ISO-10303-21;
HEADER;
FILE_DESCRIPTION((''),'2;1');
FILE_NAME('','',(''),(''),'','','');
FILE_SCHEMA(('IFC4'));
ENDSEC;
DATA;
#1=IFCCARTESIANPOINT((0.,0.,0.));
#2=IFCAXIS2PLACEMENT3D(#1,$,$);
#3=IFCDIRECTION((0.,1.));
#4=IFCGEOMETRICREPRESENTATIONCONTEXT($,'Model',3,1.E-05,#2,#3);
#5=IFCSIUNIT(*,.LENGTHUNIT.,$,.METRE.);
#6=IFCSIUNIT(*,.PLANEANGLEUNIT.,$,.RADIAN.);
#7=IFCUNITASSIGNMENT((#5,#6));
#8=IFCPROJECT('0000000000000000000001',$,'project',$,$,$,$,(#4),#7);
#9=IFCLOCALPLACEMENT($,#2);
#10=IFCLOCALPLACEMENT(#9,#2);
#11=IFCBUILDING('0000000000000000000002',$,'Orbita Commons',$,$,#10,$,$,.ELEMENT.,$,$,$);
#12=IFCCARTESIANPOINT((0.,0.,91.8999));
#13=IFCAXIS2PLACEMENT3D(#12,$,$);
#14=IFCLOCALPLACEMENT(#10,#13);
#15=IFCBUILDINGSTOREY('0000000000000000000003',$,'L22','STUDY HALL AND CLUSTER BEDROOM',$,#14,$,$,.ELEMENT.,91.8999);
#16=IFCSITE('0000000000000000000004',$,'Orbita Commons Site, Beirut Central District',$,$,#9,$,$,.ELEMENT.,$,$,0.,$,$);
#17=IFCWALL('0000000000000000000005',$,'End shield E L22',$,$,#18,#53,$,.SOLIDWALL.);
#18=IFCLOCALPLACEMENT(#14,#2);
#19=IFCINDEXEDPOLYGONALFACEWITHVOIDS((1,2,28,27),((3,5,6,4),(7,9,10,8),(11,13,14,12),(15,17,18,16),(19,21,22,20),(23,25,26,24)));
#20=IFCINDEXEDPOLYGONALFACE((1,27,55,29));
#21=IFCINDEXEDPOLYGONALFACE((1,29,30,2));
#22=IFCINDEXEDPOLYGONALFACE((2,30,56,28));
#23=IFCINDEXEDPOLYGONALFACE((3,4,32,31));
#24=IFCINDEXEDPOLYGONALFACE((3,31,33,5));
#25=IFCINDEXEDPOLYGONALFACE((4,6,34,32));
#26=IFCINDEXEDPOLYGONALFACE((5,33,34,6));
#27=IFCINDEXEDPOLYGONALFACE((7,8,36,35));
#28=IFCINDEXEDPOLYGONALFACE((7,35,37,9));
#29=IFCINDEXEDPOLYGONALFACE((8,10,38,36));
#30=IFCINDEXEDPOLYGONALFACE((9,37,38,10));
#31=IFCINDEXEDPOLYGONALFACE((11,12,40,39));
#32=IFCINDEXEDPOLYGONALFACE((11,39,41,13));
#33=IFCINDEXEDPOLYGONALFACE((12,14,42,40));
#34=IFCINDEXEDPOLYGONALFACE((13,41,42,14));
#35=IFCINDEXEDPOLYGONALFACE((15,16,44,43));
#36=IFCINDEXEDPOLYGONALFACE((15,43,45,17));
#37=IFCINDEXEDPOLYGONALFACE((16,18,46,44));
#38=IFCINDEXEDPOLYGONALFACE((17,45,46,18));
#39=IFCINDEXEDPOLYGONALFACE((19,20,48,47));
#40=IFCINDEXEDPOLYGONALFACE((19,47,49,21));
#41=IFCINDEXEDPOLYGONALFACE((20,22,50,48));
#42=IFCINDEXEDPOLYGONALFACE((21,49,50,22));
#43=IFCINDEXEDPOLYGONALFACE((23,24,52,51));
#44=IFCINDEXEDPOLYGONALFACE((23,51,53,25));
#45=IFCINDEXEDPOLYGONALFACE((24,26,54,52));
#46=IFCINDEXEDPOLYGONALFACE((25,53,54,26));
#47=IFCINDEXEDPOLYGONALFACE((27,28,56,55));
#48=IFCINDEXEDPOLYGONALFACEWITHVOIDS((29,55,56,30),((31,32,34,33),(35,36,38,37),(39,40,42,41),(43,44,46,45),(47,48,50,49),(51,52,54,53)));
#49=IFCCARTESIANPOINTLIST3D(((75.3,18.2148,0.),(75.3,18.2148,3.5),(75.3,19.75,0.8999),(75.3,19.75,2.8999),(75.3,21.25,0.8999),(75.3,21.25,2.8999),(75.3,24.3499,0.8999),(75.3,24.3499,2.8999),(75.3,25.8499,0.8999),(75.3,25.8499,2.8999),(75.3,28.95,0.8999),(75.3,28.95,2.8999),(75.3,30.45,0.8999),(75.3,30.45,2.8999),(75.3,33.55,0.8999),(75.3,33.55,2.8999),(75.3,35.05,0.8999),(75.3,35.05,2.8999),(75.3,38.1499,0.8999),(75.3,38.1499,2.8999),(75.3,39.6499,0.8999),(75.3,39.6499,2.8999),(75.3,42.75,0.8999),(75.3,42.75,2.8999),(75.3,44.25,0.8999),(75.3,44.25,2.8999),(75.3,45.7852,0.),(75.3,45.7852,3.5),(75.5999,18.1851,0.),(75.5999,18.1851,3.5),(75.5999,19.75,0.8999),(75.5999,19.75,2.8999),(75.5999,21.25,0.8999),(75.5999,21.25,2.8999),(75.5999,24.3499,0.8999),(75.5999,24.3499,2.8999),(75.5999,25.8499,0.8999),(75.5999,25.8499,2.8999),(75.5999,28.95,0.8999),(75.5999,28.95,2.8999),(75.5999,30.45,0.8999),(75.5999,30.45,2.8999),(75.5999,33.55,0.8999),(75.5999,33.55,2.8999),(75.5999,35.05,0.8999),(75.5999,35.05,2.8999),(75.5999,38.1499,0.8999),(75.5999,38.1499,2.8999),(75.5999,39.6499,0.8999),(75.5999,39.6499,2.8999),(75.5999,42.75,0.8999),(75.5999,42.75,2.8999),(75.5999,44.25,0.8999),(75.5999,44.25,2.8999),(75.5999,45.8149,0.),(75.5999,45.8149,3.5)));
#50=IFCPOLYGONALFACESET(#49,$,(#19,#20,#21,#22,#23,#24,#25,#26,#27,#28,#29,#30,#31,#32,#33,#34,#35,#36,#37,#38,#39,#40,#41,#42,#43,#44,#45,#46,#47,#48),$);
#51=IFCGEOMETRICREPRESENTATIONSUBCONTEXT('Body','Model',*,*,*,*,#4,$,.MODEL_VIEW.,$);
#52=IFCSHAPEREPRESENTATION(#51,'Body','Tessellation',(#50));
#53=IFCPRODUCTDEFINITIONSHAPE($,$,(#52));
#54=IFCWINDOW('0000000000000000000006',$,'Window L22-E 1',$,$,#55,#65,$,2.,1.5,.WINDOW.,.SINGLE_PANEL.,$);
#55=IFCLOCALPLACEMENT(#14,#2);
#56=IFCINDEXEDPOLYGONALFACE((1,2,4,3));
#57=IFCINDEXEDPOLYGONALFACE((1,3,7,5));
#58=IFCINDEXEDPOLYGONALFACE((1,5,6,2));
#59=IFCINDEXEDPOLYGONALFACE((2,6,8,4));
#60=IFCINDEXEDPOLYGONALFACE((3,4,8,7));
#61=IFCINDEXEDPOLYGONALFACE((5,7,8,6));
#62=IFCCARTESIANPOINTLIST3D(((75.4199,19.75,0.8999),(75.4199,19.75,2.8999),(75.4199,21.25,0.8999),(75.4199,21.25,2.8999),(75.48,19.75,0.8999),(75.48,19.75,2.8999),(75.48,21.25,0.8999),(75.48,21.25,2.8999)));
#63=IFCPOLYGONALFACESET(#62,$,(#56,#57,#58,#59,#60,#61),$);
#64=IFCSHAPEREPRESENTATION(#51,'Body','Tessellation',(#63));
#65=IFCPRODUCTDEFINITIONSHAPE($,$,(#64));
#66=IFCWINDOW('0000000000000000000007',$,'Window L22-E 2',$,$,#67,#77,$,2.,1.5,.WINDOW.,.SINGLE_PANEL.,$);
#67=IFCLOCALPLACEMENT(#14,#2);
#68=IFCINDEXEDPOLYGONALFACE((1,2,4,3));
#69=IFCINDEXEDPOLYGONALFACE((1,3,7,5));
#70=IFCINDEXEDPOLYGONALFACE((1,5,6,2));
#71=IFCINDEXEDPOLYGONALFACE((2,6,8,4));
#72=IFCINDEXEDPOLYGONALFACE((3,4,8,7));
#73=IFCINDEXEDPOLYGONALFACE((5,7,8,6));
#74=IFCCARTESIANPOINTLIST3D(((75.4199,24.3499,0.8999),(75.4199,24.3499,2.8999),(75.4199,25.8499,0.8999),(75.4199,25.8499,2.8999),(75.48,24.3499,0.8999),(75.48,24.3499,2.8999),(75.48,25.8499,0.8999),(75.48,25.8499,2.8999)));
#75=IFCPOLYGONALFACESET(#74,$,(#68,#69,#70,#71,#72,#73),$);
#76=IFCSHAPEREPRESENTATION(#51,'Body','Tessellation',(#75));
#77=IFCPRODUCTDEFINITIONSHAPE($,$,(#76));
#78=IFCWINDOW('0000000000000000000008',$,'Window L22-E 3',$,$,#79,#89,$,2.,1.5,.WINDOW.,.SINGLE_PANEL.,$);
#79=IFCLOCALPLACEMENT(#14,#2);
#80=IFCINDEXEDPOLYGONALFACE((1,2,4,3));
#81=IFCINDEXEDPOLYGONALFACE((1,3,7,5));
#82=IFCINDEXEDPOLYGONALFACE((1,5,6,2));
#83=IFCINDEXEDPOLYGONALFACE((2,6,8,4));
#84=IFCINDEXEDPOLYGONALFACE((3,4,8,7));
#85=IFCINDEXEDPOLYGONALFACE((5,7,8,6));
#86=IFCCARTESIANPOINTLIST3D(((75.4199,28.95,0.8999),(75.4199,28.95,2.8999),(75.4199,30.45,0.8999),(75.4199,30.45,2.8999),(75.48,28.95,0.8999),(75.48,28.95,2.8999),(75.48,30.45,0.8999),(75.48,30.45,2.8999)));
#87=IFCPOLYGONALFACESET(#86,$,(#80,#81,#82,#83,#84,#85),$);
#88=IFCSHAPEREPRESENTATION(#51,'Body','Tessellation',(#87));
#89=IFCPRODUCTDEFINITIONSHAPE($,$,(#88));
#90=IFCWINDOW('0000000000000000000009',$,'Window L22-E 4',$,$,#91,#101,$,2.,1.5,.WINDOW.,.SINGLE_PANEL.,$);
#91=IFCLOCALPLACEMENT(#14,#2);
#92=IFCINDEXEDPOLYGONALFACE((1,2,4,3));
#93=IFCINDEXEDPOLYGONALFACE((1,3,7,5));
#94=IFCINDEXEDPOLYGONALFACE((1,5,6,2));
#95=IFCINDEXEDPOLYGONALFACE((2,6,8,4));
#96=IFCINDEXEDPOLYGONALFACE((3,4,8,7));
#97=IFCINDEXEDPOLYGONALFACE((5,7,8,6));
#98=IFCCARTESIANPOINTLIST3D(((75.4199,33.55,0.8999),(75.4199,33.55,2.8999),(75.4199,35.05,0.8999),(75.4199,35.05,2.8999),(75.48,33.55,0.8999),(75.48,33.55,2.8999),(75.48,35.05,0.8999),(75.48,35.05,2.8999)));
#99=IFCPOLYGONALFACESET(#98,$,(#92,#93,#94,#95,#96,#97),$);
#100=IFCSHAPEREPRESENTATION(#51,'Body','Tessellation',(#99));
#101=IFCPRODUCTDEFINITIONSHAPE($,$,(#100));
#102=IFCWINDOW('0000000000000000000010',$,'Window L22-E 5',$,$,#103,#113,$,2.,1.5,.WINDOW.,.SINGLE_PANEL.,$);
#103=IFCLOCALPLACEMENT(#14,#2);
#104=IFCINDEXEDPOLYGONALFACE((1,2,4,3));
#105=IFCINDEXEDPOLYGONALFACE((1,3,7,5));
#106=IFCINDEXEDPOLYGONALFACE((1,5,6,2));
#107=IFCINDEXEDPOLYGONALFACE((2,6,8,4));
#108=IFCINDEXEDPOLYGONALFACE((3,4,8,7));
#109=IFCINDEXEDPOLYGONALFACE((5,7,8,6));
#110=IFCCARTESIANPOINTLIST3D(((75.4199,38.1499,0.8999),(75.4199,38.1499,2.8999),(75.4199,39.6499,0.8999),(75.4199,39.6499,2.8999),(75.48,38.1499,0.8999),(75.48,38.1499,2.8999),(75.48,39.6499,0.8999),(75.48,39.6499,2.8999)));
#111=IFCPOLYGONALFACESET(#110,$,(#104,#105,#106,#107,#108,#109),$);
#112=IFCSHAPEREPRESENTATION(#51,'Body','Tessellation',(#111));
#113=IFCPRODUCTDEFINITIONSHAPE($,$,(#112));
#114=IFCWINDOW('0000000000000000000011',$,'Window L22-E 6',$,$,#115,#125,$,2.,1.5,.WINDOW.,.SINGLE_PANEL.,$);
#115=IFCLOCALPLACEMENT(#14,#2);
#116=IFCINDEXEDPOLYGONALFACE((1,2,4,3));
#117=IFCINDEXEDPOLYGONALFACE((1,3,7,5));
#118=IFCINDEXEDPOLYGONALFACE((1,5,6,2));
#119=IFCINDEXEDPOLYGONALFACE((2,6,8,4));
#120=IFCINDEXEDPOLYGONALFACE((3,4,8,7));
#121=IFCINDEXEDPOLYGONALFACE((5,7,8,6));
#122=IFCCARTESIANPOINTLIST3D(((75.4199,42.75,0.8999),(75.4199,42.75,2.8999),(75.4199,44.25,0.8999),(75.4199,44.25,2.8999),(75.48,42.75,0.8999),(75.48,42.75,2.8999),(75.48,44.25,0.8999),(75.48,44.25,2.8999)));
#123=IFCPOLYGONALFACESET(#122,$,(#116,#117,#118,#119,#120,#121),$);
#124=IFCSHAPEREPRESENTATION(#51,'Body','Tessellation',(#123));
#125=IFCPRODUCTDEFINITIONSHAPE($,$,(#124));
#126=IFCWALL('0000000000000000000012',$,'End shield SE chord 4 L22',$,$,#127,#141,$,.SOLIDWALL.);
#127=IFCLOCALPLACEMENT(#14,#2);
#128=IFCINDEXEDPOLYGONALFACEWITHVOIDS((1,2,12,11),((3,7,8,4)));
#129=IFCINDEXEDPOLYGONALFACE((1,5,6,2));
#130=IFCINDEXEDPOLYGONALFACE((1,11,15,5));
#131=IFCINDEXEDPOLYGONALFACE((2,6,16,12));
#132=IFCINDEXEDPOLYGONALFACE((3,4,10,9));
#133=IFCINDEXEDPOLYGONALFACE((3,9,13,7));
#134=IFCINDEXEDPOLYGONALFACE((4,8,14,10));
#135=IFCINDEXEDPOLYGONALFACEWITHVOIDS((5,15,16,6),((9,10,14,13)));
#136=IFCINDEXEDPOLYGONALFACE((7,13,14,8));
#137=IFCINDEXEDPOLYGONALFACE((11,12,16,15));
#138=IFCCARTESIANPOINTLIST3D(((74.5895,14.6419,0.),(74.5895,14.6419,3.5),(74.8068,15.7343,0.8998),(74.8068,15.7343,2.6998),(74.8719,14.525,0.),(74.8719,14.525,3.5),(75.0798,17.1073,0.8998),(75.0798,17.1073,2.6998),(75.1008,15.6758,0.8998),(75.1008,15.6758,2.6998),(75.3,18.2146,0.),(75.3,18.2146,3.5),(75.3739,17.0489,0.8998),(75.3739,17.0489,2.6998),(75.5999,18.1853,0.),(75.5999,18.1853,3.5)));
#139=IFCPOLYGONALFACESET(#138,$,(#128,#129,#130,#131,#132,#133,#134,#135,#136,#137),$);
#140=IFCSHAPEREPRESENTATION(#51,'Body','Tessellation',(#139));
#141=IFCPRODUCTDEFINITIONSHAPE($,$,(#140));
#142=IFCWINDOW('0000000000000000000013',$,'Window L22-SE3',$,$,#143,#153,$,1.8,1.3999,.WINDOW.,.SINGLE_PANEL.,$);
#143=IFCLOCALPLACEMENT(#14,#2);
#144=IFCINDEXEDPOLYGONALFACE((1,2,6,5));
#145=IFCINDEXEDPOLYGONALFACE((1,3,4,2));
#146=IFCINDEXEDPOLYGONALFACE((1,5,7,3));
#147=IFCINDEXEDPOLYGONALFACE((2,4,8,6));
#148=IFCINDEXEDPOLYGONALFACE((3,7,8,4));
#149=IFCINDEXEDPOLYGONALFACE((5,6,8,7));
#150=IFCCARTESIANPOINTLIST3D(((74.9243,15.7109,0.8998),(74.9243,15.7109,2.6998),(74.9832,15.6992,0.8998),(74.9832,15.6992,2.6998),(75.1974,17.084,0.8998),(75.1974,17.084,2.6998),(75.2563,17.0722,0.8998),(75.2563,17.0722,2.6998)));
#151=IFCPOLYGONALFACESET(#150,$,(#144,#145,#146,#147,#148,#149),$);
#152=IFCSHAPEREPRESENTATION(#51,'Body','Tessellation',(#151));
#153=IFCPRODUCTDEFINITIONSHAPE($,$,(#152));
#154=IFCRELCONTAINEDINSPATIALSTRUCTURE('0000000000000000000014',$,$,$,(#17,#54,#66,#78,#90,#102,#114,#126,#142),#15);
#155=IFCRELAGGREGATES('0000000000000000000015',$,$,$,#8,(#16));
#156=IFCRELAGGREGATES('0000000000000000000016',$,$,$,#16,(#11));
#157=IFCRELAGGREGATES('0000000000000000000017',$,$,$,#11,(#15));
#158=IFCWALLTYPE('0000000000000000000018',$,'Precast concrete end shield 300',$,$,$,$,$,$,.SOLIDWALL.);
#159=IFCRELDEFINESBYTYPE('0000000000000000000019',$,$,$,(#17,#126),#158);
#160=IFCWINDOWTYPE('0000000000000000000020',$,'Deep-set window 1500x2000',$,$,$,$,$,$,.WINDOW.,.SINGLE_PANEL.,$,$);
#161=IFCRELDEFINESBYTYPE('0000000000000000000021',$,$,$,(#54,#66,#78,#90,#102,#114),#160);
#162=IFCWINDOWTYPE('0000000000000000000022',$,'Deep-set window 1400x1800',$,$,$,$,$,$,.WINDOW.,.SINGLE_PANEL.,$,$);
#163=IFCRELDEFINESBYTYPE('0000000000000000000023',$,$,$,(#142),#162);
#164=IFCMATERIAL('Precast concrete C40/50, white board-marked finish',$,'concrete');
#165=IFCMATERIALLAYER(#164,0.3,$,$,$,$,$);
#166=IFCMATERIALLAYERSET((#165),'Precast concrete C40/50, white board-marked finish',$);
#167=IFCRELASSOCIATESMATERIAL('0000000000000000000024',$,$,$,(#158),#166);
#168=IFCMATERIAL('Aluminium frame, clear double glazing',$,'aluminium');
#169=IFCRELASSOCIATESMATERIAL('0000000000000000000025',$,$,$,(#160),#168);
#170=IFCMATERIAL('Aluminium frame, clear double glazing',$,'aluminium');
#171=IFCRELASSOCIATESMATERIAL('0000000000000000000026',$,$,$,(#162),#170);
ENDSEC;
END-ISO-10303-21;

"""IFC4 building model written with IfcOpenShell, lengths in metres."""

from ifc_helpers import new_model, si_unit, direction, frame, frame_2d, origin, place, context, subcontext, project, spatial, polyline, rectangle, outline, extrude, material, layer, layer_set, type_object, element, fill, save


model = new_model("IFC4")

# Units and contexts
model_context = context("Model", 3, precision=1e-05, world=origin(), true_north=direction((0.0, 1.0)))
body_context = subcontext(model_context, "Body", "Model", "MODEL_VIEW")
ifc_project = project(units=[si_unit("LENGTHUNIT", "METRE"), si_unit("PLANEANGLEUNIT", "RADIAN")], contexts=[model_context])

# Site, building, storey
site_placement = place(None, origin())
site = spatial("IfcSite", under=ifc_project, at=site_placement, Name="Orbita Commons Site, Beirut Central District", CompositionType="ELEMENT", RefElevation=0.0)
building_placement = place(site_placement, origin())
building = spatial("IfcBuilding", under=site, at=building_placement, Name="Orbita Commons", CompositionType="ELEMENT")
storey_placement = place(building_placement, frame((0.0, 0.0, 91.8999)))
storey = spatial("IfcBuildingStorey", under=building, at=storey_placement, Name="L22", Description="STUDY HALL AND CLUSTER BEDROOM", CompositionType="ELEMENT", Elevation=91.8999)

# Wall, openings, windows
ifc_material_1 = material(Name="Precast concrete C40/50, white board-marked finish", Category="concrete")
ifc_layer_1 = layer(ifc_material_1, 0.3)
ifc_layer_set_1 = layer_set([ifc_layer_1], Name="Precast concrete C40/50, white board-marked finish")
wall_type_1 = type_object("IfcWallType", Name="Precast concrete end shield 300", PredefinedType="SOLIDWALL", material=ifc_layer_set_1)
wall_1_placement = place(storey_placement, frame((75.45, 18.2, 0.0), z_axis=(0.0, 0.0, 1.0), x_axis=(0.0, 1.0, 0.0)))
wall_1 = element("IfcWall", 1, at=wall_1_placement, inside=storey, type_object=wall_type_1, Name="End shield E L22", PredefinedType="SOLIDWALL", context=body_context, shape_type="SweptSolid", body=[
    extrude(outline(polyline([(-0.0149, -0.1499), (27.615, -0.1499), (27.5852, 0.1499), (0.0149, 0.1499), (-0.0149, -0.1499)])), origin(), (0.0, 0.0, 1.0), 3.5),
])
opening_1_placement = place(wall_1_placement, frame((1.55, 0.0, 0.8999)))
opening_1 = element("IfcOpeningElement", 2, at=opening_1_placement, cuts=wall_1, PredefinedType="OPENING", context=body_context, shape_type="SweptSolid", body=[
    extrude(rectangle(XDim=1.5, YDim=2.0, at=frame_2d((0.75, 1.0))), frame((0.0, 0.1599, 0.0), z_axis=(0.0, -1.0, 0.0), x_axis=(1.0, 0.0, 0.0)), (0.0, 0.0, 1.0), 0.3201),
])
opening_2_placement = place(wall_1_placement, frame((6.1499, 0.0, 0.8999)))
opening_2 = element("IfcOpeningElement", 3, at=opening_2_placement, cuts=wall_1, PredefinedType="OPENING", context=body_context, shape_type="SweptSolid", body=[
    extrude(rectangle(XDim=1.5, YDim=2.0, at=frame_2d((0.75, 1.0))), frame((0.0, 0.1599, 0.0), z_axis=(0.0, -1.0, 0.0), x_axis=(1.0, 0.0, 0.0)), (0.0, 0.0, 1.0), 0.3201),
])
opening_3_placement = place(wall_1_placement, frame((10.75, 0.0, 0.8999)))
opening_3 = element("IfcOpeningElement", 4, at=opening_3_placement, cuts=wall_1, PredefinedType="OPENING", context=body_context, shape_type="SweptSolid", body=[
    extrude(rectangle(XDim=1.5, YDim=2.0, at=frame_2d((0.75, 1.0))), frame((0.0, 0.1599, 0.0), z_axis=(0.0, -1.0, 0.0), x_axis=(1.0, 0.0, 0.0)), (0.0, 0.0, 1.0), 0.3201),
])
opening_4_placement = place(wall_1_placement, frame((15.3501, 0.0, 0.8999)))
opening_4 = element("IfcOpeningElement", 5, at=opening_4_placement, cuts=wall_1, PredefinedType="OPENING", context=body_context, shape_type="SweptSolid", body=[
    extrude(rectangle(XDim=1.5, YDim=2.0, at=frame_2d((0.75, 1.0))), frame((0.0, 0.1599, 0.0), z_axis=(0.0, -1.0, 0.0), x_axis=(1.0, 0.0, 0.0)), (0.0, 0.0, 1.0), 0.3201),
])
opening_5_placement = place(wall_1_placement, frame((19.95, 0.0, 0.8999)))
opening_5 = element("IfcOpeningElement", 6, at=opening_5_placement, cuts=wall_1, PredefinedType="OPENING", context=body_context, shape_type="SweptSolid", body=[
    extrude(rectangle(XDim=1.5, YDim=2.0, at=frame_2d((0.75, 1.0))), frame((0.0, 0.1599, 0.0), z_axis=(0.0, -1.0, 0.0), x_axis=(1.0, 0.0, 0.0)), (0.0, 0.0, 1.0), 0.3201),
])
opening_6_placement = place(wall_1_placement, frame((24.55, 0.0, 0.8999)))
opening_6 = element("IfcOpeningElement", 7, at=opening_6_placement, cuts=wall_1, PredefinedType="OPENING", context=body_context, shape_type="SweptSolid", body=[
    extrude(rectangle(XDim=1.5, YDim=2.0, at=frame_2d((0.75, 1.0))), frame((0.0, 0.1599, 0.0), z_axis=(0.0, -1.0, 0.0), x_axis=(1.0, 0.0, 0.0)), (0.0, 0.0, 1.0), 0.3201),
])
ifc_material_2 = material(Name="Aluminium frame, clear double glazing", Category="aluminium")
window_type_1 = type_object("IfcWindowType", Name="Deep-set window 1500x2000", PartitioningType="SINGLE_PANEL", PredefinedType="WINDOW", material=ifc_material_2)
window_1_placement = place(opening_1_placement, origin())
window_1 = element("IfcWindow", 8, at=window_1_placement, inside=storey, type_object=window_type_1, Name="Window L22-E 1", OverallHeight=2.0, OverallWidth=1.5, PartitioningType="SINGLE_PANEL", PredefinedType="WINDOW", context=body_context, shape_type="SweptSolid", body=[
    extrude(rectangle(XDim=1.5, YDim=2.0, at=frame_2d((0.75, 1.0))), frame((0.0, 0.03, 0.0), z_axis=(0.0, -1.0, 0.0), x_axis=(1.0, 0.0, 0.0)), (0.0, 0.0, 1.0), 0.0601),
])
fill(opening_1, window_1)
window_2_placement = place(opening_2_placement, origin())
window_2 = element("IfcWindow", 9, at=window_2_placement, inside=storey, type_object=window_type_1, Name="Window L22-E 2", OverallHeight=2.0, OverallWidth=1.5, PartitioningType="SINGLE_PANEL", PredefinedType="WINDOW", context=body_context, shape_type="SweptSolid", body=[
    extrude(rectangle(XDim=1.5, YDim=2.0, at=frame_2d((0.75, 1.0))), frame((0.0, 0.03, 0.0), z_axis=(0.0, -1.0, 0.0), x_axis=(1.0, 0.0, 0.0)), (0.0, 0.0, 1.0), 0.0601),
])
fill(opening_2, window_2)
window_3_placement = place(opening_3_placement, origin())
window_3 = element("IfcWindow", 10, at=window_3_placement, inside=storey, type_object=window_type_1, Name="Window L22-E 3", OverallHeight=2.0, OverallWidth=1.5, PartitioningType="SINGLE_PANEL", PredefinedType="WINDOW", context=body_context, shape_type="SweptSolid", body=[
    extrude(rectangle(XDim=1.5, YDim=2.0, at=frame_2d((0.75, 1.0))), frame((0.0, 0.03, 0.0), z_axis=(0.0, -1.0, 0.0), x_axis=(1.0, 0.0, 0.0)), (0.0, 0.0, 1.0), 0.0601),
])
fill(opening_3, window_3)
window_4_placement = place(opening_4_placement, origin())
window_4 = element("IfcWindow", 11, at=window_4_placement, inside=storey, type_object=window_type_1, Name="Window L22-E 4", OverallHeight=2.0, OverallWidth=1.5, PartitioningType="SINGLE_PANEL", PredefinedType="WINDOW", context=body_context, shape_type="SweptSolid", body=[
    extrude(rectangle(XDim=1.5, YDim=2.0, at=frame_2d((0.75, 1.0))), frame((0.0, 0.03, 0.0), z_axis=(0.0, -1.0, 0.0), x_axis=(1.0, 0.0, 0.0)), (0.0, 0.0, 1.0), 0.0601),
])
fill(opening_4, window_4)
window_5_placement = place(opening_5_placement, origin())
window_5 = element("IfcWindow", 12, at=window_5_placement, inside=storey, type_object=window_type_1, Name="Window L22-E 5", OverallHeight=2.0, OverallWidth=1.5, PartitioningType="SINGLE_PANEL", PredefinedType="WINDOW", context=body_context, shape_type="SweptSolid", body=[
    extrude(rectangle(XDim=1.5, YDim=2.0, at=frame_2d((0.75, 1.0))), frame((0.0, 0.03, 0.0), z_axis=(0.0, -1.0, 0.0), x_axis=(1.0, 0.0, 0.0)), (0.0, 0.0, 1.0), 0.0601),
])
fill(opening_5, window_5)
window_6_placement = place(opening_6_placement, origin())
window_6 = element("IfcWindow", 13, at=window_6_placement, inside=storey, type_object=window_type_1, Name="Window L22-E 6", OverallHeight=2.0, OverallWidth=1.5, PartitioningType="SINGLE_PANEL", PredefinedType="WINDOW", context=body_context, shape_type="SweptSolid", body=[
    extrude(rectangle(XDim=1.5, YDim=2.0, at=frame_2d((0.75, 1.0))), frame((0.0, 0.03, 0.0), z_axis=(0.0, -1.0, 0.0), x_axis=(1.0, 0.0, 0.0)), (0.0, 0.0, 1.0), 0.0601),
])
fill(opening_6, window_6)

# Wall, opening, window
wall_2_placement = place(storey_placement, frame((74.7307, 14.5835, 0.0), z_axis=(0.0, 0.0, 1.0), x_axis=(0.195059, 0.980791, 0.0)))
wall_2 = element("IfcWall", 14, at=wall_2_placement, inside=storey, type_object=wall_type_1, Name="End shield SE chord 4 L22", PredefinedType="SOLIDWALL", context=body_context, shape_type="SweptSolid", body=[
    extrude(outline(polyline([(-0.0298, -0.1499), (3.7021, -0.1499), (3.6724, 0.1499), (0.0298, 0.1499), (-0.0298, -0.1499)])), origin(), (0.0, 0.0, 1.0), 3.5),
])
opening_7_placement = place(wall_2_placement, frame((1.1436, 0.0, 0.8999)))
opening_7 = element("IfcOpeningElement", 15, at=opening_7_placement, cuts=wall_2, PredefinedType="OPENING", context=body_context, shape_type="SweptSolid", body=[
    extrude(rectangle(XDim=1.3999, YDim=1.8, at=frame_2d((0.7, 0.8999))), frame((0.0, 0.1599, 0.0), z_axis=(0.0, -1.0, 0.0), x_axis=(1.0, 0.0, 0.0)), (0.0, 0.0, 1.0), 0.3201),
])
ifc_material_3 = material(Name="Aluminium frame, clear double glazing", Category="aluminium")
window_type_2 = type_object("IfcWindowType", Name="Deep-set window 1400x1800", PartitioningType="SINGLE_PANEL", PredefinedType="WINDOW", material=ifc_material_3)
window_7_placement = place(opening_7_placement, origin())
window_7 = element("IfcWindow", 16, at=window_7_placement, inside=storey, type_object=window_type_2, Name="Window L22-SE3", OverallHeight=1.8, OverallWidth=1.3999, PartitioningType="SINGLE_PANEL", PredefinedType="WINDOW", context=body_context, shape_type="SweptSolid", body=[
    extrude(rectangle(XDim=1.3999, YDim=1.8, at=frame_2d((0.7, 0.8999))), frame((0.0, 0.03, 0.0), z_axis=(0.0, -1.0, 0.0), x_axis=(1.0, 0.0, 0.0)), (0.0, 0.0, 1.0), 0.0601),
])
fill(opening_7, window_7)

save(model, "model.ifc")
